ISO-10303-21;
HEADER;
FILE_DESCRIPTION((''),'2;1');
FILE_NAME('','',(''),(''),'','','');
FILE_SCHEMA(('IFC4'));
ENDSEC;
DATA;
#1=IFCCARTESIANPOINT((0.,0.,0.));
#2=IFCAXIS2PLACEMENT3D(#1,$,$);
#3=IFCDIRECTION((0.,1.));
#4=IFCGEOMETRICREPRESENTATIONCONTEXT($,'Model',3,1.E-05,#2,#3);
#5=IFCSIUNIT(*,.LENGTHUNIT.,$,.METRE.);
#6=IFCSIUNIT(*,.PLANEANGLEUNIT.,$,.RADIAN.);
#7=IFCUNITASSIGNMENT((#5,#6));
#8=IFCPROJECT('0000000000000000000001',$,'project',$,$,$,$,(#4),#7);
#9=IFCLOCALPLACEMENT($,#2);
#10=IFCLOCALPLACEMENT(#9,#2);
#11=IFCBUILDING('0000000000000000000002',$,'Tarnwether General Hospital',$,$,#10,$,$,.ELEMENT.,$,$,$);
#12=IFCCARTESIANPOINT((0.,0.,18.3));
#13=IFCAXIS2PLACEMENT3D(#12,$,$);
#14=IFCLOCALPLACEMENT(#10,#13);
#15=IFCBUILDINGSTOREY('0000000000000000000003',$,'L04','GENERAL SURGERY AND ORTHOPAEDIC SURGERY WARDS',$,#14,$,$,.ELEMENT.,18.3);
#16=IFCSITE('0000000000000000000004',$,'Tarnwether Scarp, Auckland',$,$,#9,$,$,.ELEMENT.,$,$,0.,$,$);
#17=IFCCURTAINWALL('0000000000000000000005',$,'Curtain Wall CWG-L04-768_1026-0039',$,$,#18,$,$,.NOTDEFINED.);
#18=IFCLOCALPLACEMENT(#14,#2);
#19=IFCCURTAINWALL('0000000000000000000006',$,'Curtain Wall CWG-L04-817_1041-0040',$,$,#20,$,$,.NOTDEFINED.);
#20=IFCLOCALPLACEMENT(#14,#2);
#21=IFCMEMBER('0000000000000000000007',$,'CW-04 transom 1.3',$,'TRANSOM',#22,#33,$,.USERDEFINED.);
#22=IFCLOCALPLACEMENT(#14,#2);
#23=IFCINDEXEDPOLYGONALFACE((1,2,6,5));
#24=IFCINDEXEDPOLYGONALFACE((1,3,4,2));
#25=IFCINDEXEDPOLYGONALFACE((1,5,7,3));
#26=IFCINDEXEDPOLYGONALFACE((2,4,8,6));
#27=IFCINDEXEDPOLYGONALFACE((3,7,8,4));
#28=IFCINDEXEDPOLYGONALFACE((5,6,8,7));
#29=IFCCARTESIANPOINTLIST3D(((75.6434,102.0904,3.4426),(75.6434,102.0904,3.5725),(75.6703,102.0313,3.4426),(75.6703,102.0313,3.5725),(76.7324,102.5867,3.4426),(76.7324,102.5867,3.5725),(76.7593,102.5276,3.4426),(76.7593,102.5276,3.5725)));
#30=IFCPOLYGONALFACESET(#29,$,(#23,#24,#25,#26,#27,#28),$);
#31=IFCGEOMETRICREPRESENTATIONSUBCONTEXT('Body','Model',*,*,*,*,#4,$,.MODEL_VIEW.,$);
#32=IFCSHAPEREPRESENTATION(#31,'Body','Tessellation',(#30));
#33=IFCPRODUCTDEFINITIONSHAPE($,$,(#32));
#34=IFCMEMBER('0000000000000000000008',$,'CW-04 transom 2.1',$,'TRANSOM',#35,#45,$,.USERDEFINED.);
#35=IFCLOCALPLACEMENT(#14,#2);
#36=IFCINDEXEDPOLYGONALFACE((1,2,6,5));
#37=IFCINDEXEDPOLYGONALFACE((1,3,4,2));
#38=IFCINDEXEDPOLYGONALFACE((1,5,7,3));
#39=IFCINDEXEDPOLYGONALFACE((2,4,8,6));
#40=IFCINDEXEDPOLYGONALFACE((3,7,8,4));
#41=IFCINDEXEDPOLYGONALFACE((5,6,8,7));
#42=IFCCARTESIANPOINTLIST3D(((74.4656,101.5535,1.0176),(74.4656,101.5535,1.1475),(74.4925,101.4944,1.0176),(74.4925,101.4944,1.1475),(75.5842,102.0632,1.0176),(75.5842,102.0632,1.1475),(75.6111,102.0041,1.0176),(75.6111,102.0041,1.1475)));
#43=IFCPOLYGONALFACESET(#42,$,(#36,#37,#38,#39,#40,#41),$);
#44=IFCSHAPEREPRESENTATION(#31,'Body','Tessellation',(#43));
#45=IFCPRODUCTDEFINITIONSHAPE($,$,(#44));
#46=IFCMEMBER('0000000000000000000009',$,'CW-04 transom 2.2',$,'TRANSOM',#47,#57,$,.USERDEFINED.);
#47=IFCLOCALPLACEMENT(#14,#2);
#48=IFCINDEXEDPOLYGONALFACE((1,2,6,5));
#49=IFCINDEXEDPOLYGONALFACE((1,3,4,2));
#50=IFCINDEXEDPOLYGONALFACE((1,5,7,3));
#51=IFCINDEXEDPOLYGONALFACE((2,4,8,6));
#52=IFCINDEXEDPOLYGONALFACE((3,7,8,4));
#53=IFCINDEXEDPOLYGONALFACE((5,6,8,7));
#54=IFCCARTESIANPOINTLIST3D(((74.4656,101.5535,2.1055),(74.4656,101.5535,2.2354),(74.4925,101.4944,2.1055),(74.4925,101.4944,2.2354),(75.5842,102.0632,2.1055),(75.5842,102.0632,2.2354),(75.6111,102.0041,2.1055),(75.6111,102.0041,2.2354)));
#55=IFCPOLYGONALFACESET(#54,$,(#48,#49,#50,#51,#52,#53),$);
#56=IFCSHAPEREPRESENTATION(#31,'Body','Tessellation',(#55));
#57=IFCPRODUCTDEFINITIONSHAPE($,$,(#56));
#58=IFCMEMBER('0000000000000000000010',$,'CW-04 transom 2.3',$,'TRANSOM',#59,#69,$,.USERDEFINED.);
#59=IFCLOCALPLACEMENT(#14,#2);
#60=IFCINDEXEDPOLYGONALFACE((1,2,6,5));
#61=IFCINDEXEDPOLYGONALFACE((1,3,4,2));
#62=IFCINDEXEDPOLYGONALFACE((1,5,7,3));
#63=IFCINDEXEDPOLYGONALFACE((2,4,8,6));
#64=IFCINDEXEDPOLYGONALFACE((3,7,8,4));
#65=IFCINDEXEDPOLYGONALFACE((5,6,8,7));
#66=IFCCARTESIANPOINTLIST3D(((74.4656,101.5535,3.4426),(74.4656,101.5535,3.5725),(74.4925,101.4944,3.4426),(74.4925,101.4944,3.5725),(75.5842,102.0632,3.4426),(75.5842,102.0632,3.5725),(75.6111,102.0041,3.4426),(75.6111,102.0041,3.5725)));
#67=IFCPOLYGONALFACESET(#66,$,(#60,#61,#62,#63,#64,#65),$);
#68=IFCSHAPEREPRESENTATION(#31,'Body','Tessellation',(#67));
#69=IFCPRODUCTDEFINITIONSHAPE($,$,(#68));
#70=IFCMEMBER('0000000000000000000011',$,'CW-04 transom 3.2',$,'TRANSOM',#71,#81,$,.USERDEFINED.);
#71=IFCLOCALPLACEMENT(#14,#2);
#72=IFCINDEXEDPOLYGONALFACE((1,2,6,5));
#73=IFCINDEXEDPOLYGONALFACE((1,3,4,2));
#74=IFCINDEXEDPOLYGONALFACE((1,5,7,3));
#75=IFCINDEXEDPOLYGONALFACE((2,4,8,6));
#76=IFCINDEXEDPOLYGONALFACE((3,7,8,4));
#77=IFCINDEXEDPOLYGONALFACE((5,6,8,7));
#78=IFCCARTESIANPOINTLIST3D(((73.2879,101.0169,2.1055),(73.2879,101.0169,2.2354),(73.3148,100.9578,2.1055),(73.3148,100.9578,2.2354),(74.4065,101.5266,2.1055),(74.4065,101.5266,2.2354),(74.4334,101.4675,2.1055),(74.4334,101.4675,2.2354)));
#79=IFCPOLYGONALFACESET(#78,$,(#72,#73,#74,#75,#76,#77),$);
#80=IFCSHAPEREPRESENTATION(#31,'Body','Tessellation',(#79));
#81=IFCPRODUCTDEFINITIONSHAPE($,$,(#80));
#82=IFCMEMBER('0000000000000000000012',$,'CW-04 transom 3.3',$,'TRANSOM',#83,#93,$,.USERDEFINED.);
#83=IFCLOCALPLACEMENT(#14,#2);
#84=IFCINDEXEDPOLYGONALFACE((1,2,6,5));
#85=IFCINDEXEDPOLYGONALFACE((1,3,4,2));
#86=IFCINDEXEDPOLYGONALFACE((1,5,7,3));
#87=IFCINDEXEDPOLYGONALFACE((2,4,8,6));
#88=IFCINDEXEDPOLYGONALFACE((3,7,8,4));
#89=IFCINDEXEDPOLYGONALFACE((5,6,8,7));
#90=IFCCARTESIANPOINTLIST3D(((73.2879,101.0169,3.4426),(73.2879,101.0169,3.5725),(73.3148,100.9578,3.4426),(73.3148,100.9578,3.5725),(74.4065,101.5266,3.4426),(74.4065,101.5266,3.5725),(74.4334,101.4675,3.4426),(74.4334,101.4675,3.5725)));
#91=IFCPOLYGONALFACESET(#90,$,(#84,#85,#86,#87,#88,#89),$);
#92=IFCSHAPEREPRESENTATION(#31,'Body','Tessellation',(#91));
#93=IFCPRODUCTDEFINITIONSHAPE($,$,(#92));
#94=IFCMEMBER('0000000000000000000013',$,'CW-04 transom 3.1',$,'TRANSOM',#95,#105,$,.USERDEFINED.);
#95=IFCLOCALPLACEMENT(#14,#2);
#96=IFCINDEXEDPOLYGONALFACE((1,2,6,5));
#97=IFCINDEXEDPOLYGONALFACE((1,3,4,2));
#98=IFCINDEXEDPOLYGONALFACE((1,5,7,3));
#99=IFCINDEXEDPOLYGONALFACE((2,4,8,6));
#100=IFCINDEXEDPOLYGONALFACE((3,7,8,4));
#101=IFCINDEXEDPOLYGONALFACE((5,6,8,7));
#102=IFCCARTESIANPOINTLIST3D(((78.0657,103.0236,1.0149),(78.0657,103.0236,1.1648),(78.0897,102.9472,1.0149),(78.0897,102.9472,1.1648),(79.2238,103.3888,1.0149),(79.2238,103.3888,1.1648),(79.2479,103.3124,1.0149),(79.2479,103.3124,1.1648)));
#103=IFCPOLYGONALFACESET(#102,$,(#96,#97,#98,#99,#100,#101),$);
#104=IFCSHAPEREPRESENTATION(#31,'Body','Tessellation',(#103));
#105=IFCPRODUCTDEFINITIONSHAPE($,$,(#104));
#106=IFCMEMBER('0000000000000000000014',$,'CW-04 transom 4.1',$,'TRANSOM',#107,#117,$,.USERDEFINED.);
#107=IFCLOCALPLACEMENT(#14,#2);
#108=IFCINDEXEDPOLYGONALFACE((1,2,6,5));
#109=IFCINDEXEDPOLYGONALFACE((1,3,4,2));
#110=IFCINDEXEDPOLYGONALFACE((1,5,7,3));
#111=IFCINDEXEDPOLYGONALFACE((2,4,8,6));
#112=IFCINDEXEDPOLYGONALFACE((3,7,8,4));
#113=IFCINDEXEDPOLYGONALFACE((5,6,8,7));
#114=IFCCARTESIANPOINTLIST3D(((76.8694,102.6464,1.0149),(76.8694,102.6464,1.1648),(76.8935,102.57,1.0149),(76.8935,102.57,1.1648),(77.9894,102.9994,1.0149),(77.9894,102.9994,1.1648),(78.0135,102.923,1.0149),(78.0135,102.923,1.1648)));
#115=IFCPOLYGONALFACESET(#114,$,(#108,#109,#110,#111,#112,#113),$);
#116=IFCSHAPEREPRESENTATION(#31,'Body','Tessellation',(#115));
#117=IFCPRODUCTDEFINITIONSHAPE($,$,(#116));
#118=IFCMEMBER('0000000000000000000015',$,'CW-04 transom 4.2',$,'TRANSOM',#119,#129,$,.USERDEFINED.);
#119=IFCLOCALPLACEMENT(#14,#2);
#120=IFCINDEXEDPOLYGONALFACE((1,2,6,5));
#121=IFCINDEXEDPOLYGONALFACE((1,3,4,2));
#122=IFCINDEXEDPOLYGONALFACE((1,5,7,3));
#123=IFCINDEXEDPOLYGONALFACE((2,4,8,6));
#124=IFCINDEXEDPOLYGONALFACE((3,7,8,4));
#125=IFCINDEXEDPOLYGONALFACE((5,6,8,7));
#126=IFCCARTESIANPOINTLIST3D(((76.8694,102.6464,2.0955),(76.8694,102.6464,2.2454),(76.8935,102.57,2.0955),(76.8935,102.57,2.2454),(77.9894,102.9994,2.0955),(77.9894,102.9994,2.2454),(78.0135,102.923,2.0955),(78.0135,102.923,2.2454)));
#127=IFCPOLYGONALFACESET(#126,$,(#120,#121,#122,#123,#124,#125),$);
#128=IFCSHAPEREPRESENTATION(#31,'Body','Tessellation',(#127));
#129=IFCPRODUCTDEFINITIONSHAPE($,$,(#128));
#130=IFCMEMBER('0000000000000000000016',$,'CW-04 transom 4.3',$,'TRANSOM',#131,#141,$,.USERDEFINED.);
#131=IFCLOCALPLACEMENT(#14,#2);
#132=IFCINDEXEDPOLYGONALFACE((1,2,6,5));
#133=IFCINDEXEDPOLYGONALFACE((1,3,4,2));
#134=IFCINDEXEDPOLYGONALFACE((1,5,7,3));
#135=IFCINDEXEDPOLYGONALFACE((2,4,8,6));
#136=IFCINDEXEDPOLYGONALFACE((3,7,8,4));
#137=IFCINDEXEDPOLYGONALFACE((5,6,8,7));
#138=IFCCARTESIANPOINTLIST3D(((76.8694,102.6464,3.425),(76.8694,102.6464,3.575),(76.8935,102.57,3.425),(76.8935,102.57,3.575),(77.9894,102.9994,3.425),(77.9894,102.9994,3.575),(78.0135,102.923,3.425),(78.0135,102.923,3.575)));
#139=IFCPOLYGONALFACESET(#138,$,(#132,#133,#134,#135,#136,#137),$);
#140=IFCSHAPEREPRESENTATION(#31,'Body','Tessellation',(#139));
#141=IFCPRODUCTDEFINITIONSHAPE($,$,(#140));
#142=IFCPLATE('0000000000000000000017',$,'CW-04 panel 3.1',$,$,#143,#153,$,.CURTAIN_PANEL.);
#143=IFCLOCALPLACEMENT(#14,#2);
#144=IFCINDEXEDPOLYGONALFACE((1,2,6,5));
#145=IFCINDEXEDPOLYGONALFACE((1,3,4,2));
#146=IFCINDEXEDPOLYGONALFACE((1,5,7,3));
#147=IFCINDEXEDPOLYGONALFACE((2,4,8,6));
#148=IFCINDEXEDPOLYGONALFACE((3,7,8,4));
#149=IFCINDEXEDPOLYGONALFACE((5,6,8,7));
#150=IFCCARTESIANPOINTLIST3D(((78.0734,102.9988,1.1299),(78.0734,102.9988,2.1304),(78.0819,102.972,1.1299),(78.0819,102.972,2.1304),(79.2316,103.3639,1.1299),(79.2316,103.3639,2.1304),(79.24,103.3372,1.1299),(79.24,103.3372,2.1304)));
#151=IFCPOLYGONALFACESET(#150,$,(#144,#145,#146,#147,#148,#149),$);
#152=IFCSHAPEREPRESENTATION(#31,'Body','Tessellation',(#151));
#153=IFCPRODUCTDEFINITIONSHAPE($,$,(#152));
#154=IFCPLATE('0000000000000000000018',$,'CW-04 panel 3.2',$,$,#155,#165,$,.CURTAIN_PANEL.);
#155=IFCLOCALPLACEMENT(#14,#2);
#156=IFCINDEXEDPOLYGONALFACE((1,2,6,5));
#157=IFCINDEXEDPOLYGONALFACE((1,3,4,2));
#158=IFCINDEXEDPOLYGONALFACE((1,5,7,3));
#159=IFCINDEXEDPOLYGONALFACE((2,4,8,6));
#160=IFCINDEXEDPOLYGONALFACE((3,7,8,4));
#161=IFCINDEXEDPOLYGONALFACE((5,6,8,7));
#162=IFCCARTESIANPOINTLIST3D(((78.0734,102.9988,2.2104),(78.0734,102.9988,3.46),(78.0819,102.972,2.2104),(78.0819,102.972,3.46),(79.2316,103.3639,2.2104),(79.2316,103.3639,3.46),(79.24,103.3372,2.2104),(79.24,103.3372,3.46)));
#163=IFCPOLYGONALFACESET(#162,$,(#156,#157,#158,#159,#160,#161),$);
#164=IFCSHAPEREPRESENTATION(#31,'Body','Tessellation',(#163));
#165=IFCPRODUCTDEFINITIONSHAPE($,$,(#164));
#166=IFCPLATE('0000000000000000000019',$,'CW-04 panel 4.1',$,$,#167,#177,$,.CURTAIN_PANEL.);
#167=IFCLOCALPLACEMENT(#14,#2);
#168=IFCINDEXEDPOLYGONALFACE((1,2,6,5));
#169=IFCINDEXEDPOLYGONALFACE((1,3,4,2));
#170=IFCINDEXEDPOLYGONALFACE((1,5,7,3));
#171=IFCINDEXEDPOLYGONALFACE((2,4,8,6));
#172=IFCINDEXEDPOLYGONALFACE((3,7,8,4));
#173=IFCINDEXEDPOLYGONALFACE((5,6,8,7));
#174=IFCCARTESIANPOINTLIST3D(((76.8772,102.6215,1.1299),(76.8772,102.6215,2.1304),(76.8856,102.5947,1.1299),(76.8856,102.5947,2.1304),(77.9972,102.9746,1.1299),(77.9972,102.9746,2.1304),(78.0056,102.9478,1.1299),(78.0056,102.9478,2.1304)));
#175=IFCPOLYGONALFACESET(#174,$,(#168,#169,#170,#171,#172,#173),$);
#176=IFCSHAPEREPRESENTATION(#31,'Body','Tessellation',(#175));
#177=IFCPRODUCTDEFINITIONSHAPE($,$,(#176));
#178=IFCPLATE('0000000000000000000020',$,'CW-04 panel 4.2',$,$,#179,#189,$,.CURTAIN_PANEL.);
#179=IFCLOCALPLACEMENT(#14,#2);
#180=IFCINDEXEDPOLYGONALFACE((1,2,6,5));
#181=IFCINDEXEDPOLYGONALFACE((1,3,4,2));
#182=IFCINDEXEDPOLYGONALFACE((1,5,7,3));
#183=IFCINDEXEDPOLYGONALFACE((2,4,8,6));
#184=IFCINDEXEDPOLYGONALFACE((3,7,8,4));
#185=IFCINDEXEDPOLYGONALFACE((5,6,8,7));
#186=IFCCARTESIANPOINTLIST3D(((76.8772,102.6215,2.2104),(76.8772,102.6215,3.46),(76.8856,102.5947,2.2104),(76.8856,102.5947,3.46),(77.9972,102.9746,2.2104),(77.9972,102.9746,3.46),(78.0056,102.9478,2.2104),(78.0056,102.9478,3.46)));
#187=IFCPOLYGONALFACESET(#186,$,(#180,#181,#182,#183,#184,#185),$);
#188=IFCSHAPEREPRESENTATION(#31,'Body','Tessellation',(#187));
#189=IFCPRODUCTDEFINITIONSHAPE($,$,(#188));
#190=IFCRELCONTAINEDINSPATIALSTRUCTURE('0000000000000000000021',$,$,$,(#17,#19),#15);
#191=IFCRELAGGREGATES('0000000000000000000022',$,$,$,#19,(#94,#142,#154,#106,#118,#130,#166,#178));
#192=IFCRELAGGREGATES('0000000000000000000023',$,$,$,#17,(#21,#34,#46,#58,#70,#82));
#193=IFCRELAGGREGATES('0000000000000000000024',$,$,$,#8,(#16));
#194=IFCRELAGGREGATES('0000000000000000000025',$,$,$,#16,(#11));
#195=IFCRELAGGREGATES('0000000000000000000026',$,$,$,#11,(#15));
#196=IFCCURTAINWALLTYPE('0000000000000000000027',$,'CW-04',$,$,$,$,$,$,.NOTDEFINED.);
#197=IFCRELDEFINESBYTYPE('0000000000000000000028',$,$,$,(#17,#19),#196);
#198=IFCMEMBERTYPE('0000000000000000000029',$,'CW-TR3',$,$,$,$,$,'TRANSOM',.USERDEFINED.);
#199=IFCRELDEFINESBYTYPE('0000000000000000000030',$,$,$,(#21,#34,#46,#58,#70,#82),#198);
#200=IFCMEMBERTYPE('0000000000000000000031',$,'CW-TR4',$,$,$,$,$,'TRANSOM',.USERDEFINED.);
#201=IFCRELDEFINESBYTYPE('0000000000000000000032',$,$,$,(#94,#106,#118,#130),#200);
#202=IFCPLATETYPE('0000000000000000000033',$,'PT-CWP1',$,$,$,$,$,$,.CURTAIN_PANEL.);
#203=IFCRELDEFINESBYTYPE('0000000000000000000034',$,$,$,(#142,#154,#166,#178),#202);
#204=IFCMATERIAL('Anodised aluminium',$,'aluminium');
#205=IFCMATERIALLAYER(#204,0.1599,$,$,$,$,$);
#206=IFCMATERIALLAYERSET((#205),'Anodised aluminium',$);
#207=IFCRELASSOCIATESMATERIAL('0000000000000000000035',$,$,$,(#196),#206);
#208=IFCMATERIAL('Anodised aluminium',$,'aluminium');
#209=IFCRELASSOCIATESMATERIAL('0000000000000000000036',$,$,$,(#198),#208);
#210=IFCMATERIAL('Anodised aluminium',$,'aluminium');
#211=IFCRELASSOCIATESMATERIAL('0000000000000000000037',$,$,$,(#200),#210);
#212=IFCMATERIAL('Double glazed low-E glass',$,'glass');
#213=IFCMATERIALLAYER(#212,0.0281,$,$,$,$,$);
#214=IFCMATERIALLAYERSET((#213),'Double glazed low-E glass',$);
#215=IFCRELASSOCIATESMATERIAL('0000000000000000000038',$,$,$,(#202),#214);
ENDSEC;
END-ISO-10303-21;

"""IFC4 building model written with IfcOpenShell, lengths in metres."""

from ifc_helpers import new_model, si_unit, direction, frame, origin, origin_2d, place, context, subcontext, project, spatial, rectangle, extrude, material, layer, layer_set, material_profile, profile_set, type_object, element, aggregate, save


model = new_model("IFC4")

# Units and contexts
model_context = context("Model", 3, precision=1e-05, world=origin(), true_north=direction((0.0, 1.0)))
body_context = subcontext(model_context, "Body", "Model", "MODEL_VIEW")
ifc_project = project(units=[si_unit("LENGTHUNIT", "METRE"), si_unit("PLANEANGLEUNIT", "RADIAN")], contexts=[model_context])

# Site, building, storey
site_placement = place(None, origin())
site = spatial("IfcSite", under=ifc_project, at=site_placement, Name="Tarnwether Scarp, Auckland", CompositionType="ELEMENT", RefElevation=0.0)
building_placement = place(site_placement, origin())
building = spatial("IfcBuilding", under=site, at=building_placement, Name="Tarnwether General Hospital", CompositionType="ELEMENT")
storey_placement = place(building_placement, frame((0.0, 0.0, 18.3)))
storey = spatial("IfcBuildingStorey", under=building, at=storey_placement, Name="L04", Description="GENERAL SURGERY AND ORTHOPAEDIC SURGERY WARDS", CompositionType="ELEMENT", Elevation=18.3)

# Curtain walls
ifc_material_1 = material(Name="Anodised aluminium", Category="aluminium")
ifc_layer_1 = layer(ifc_material_1, 0.1599)
ifc_layer_set_1 = layer_set([ifc_layer_1], Name="Anodised aluminium")
curtain_wall_type = type_object("IfcCurtainWallType", Name="CW-04", PredefinedType="NOTDEFINED", material=ifc_layer_set_1)
curtain_wall_1_placement = place(storey_placement, origin())
curtain_wall_1 = element("IfcCurtainWall", 1, at=curtain_wall_1_placement, inside=storey, type_object=curtain_wall_type, Name="Curtain Wall CWG-L04-768_1026-0039", PredefinedType="NOTDEFINED")
curtain_wall_2_placement = place(storey_placement, origin())
curtain_wall_2 = element("IfcCurtainWall", 2, at=curtain_wall_2_placement, inside=storey, type_object=curtain_wall_type, Name="Curtain Wall CWG-L04-817_1041-0040", PredefinedType="NOTDEFINED")

# Members
ifc_material_2 = material(Name="Anodised aluminium", Category="aluminium")
ifc_material_profile_1 = material_profile(ifc_material_2, rectangle(XDim=0.0649, YDim=0.1299, at=origin_2d()), Name="ALU-TRN-65x130")
ifc_profile_set_1 = profile_set([ifc_material_profile_1], Name="Anodised aluminium")
member_type_1 = type_object("IfcMemberType", Name="CW-TR3", ElementType="TRANSOM", PredefinedType="USERDEFINED", material=ifc_profile_set_1)
member_1_placement = place(storey_placement, frame((76.7458, 102.5571, 3.5076), z_axis=(-0.909961, -0.414694, 0.0), x_axis=(0.414694, -0.909961, 0.0)))
member_1 = element("IfcMember", 3, at=member_1_placement, type_object=member_type_1, Name="CW-04 transom 1.3", ObjectType="TRANSOM", PredefinedType="USERDEFINED", context=body_context, shape_type="SweptSolid", body=[
    extrude(rectangle(XDim=0.0649, YDim=0.1299, at=origin_2d()), origin(), (0.0, 0.0, 1.0), 1.1968),
])
member_2_placement = place(storey_placement, frame((75.5977, 102.0337, 1.0825), z_axis=(-0.909972, -0.414671, 0.0), x_axis=(0.414671, -0.909972, 0.0)))
member_2 = element("IfcMember", 4, at=member_2_placement, type_object=member_type_1, Name="CW-04 transom 2.1", ObjectType="TRANSOM", PredefinedType="USERDEFINED", context=body_context, shape_type="SweptSolid", body=[
    extrude(rectangle(XDim=0.0649, YDim=0.1299, at=origin_2d()), origin(), (0.0, 0.0, 1.0), 1.2292),
])
member_3_placement = place(storey_placement, frame((75.5977, 102.0337, 2.1704), z_axis=(-0.909972, -0.414671, 0.0), x_axis=(0.414671, -0.909972, 0.0)))
member_3 = element("IfcMember", 5, at=member_3_placement, type_object=member_type_1, Name="CW-04 transom 2.2", ObjectType="TRANSOM", PredefinedType="USERDEFINED", context=body_context, shape_type="SweptSolid", body=[
    extrude(rectangle(XDim=0.0649, YDim=0.1299, at=origin_2d()), origin(), (0.0, 0.0, 1.0), 1.2292),
])
member_4_placement = place(storey_placement, frame((75.5977, 102.0337, 3.5076), z_axis=(-0.909972, -0.414671, 0.0), x_axis=(0.414671, -0.909972, 0.0)))
member_4 = element("IfcMember", 6, at=member_4_placement, type_object=member_type_1, Name="CW-04 transom 2.3", ObjectType="TRANSOM", PredefinedType="USERDEFINED", context=body_context, shape_type="SweptSolid", body=[
    extrude(rectangle(XDim=0.0649, YDim=0.1299, at=origin_2d()), origin(), (0.0, 0.0, 1.0), 1.2292),
])
member_5_placement = place(storey_placement, frame((74.4199, 101.4971, 2.1704), z_axis=(-0.909972, -0.414671, 0.0), x_axis=(0.414671, -0.909972, 0.0)))
member_5 = element("IfcMember", 7, at=member_5_placement, type_object=member_type_1, Name="CW-04 transom 3.2", ObjectType="TRANSOM", PredefinedType="USERDEFINED", context=body_context, shape_type="SweptSolid", body=[
    extrude(rectangle(XDim=0.0649, YDim=0.1299, at=origin_2d()), origin(), (0.0, 0.0, 1.0), 1.2292),
])
member_6_placement = place(storey_placement, frame((74.4199, 101.4971, 3.5076), z_axis=(-0.909972, -0.414671, 0.0), x_axis=(0.414671, -0.909972, 0.0)))
member_6 = element("IfcMember", 8, at=member_6_placement, type_object=member_type_1, Name="CW-04 transom 3.3", ObjectType="TRANSOM", PredefinedType="USERDEFINED", context=body_context, shape_type="SweptSolid", body=[
    extrude(rectangle(XDim=0.0649, YDim=0.1299, at=origin_2d()), origin(), (0.0, 0.0, 1.0), 1.2292),
])
ifc_material_3 = material(Name="Anodised aluminium", Category="aluminium")
ifc_material_profile_2 = material_profile(ifc_material_3, rectangle(XDim=0.0801, YDim=0.1499, at=origin_2d()), Name="ALU-TRN-80x150")
ifc_profile_set_2 = profile_set([ifc_material_profile_2], Name="Anodised aluminium")
member_type_2 = type_object("IfcMemberType", Name="CW-TR4", ElementType="TRANSOM", PredefinedType="USERDEFINED", material=ifc_profile_set_2)
member_7_placement = place(storey_placement, frame((79.2358, 103.3506, 1.0898), z_axis=(-0.953704, -0.300746, 0.0), x_axis=(0.300746, -0.953704, 0.0)))
member_7 = element("IfcMember", 9, at=member_7_placement, type_object=member_type_2, Name="CW-04 transom 3.1", ObjectType="TRANSOM", PredefinedType="USERDEFINED", context=body_context, shape_type="SweptSolid", body=[
    extrude(rectangle(XDim=0.0801, YDim=0.1499, at=origin_2d()), origin(), (0.0, 0.0, 1.0), 1.2144),
])
member_8_placement = place(storey_placement, frame((78.0015, 102.9612, 1.0898), z_axis=(-0.953752, -0.300594, 0.0), x_axis=(0.300594, -0.953752, 0.0)))
member_8 = element("IfcMember", 10, at=member_8_placement, type_object=member_type_2, Name="CW-04 transom 4.1", ObjectType="TRANSOM", PredefinedType="USERDEFINED", context=body_context, shape_type="SweptSolid", body=[
    extrude(rectangle(XDim=0.0801, YDim=0.1499, at=origin_2d()), origin(), (0.0, 0.0, 1.0), 1.1743),
])
member_9_placement = place(storey_placement, frame((78.0015, 102.9612, 2.1704), z_axis=(-0.953752, -0.300594, 0.0), x_axis=(0.300594, -0.953752, 0.0)))
member_9 = element("IfcMember", 11, at=member_9_placement, type_object=member_type_2, Name="CW-04 transom 4.2", ObjectType="TRANSOM", PredefinedType="USERDEFINED", context=body_context, shape_type="SweptSolid", body=[
    extrude(rectangle(XDim=0.0801, YDim=0.1499, at=origin_2d()), origin(), (0.0, 0.0, 1.0), 1.1743),
])
member_10_placement = place(storey_placement, frame((78.0015, 102.9612, 3.5), z_axis=(-0.953752, -0.300594, 0.0), x_axis=(0.300594, -0.953752, 0.0)))
member_10 = element("IfcMember", 12, at=member_10_placement, type_object=member_type_2, Name="CW-04 transom 4.3", ObjectType="TRANSOM", PredefinedType="USERDEFINED", context=body_context, shape_type="SweptSolid", body=[
    extrude(rectangle(XDim=0.0801, YDim=0.1499, at=origin_2d()), origin(), (0.0, 0.0, 1.0), 1.1743),
])

# Plates
ifc_material_4 = material(Name="Double glazed low-E glass", Category="glass")
ifc_layer_2 = layer(ifc_material_4, 0.0281)
ifc_layer_set_2 = layer_set([ifc_layer_2], Name="Double glazed low-E glass")
plate_type_1 = type_object("IfcPlateType", Name="PT-CWP1", PredefinedType="CURTAIN_PANEL", material=ifc_layer_set_2)
plate_1_placement = place(storey_placement, frame((78.6567, 103.168, 1.1299), z_axis=(0.0, 0.0, 1.0), x_axis=(-0.953714, -0.300715, 0.0)))
plate_1 = element("IfcPlate", 13, at=plate_1_placement, type_object=plate_type_1, Name="CW-04 panel 3.1", PredefinedType="CURTAIN_PANEL", context=body_context, shape_type="SweptSolid", body=[
    extrude(rectangle(XDim=1.2144, YDim=0.0281, at=origin_2d()), origin(), (0.0, 0.0, 1.0), 1.0005),
])
plate_2_placement = place(storey_placement, frame((78.6567, 103.168, 2.2104), z_axis=(0.0, 0.0, 1.0), x_axis=(-0.953714, -0.300715, 0.0)))
plate_2 = element("IfcPlate", 14, at=plate_2_placement, type_object=plate_type_1, Name="CW-04 panel 3.2", PredefinedType="CURTAIN_PANEL", context=body_context, shape_type="SweptSolid", body=[
    extrude(rectangle(XDim=1.2144, YDim=0.0281, at=origin_2d()), origin(), (0.0, 0.0, 1.0), 1.2495),
])
plate_3_placement = place(storey_placement, frame((77.4414, 102.7847, 1.1299), z_axis=(0.0, 0.0, 1.0), x_axis=(-0.953714, -0.300715, 0.0)))
plate_3 = element("IfcPlate", 15, at=plate_3_placement, type_object=plate_type_1, Name="CW-04 panel 4.1", PredefinedType="CURTAIN_PANEL", context=body_context, shape_type="SweptSolid", body=[
    extrude(rectangle(XDim=1.1743, YDim=0.0281, at=origin_2d()), origin(), (0.0, 0.0, 1.0), 1.0005),
])
plate_4_placement = place(storey_placement, frame((77.4414, 102.7847, 2.2104), z_axis=(0.0, 0.0, 1.0), x_axis=(-0.953714, -0.300715, 0.0)))
plate_4 = element("IfcPlate", 16, at=plate_4_placement, type_object=plate_type_1, Name="CW-04 panel 4.2", PredefinedType="CURTAIN_PANEL", context=body_context, shape_type="SweptSolid", body=[
    extrude(rectangle(XDim=1.1743, YDim=0.0281, at=origin_2d()), origin(), (0.0, 0.0, 1.0), 1.2495),
])
aggregate(curtain_wall_2, [member_7, plate_1, plate_2, member_8, member_9, member_10, plate_3, plate_4])
aggregate(curtain_wall_1, [member_1, member_2, member_3, member_4, member_5, member_6])

save(model, "model.ifc")
